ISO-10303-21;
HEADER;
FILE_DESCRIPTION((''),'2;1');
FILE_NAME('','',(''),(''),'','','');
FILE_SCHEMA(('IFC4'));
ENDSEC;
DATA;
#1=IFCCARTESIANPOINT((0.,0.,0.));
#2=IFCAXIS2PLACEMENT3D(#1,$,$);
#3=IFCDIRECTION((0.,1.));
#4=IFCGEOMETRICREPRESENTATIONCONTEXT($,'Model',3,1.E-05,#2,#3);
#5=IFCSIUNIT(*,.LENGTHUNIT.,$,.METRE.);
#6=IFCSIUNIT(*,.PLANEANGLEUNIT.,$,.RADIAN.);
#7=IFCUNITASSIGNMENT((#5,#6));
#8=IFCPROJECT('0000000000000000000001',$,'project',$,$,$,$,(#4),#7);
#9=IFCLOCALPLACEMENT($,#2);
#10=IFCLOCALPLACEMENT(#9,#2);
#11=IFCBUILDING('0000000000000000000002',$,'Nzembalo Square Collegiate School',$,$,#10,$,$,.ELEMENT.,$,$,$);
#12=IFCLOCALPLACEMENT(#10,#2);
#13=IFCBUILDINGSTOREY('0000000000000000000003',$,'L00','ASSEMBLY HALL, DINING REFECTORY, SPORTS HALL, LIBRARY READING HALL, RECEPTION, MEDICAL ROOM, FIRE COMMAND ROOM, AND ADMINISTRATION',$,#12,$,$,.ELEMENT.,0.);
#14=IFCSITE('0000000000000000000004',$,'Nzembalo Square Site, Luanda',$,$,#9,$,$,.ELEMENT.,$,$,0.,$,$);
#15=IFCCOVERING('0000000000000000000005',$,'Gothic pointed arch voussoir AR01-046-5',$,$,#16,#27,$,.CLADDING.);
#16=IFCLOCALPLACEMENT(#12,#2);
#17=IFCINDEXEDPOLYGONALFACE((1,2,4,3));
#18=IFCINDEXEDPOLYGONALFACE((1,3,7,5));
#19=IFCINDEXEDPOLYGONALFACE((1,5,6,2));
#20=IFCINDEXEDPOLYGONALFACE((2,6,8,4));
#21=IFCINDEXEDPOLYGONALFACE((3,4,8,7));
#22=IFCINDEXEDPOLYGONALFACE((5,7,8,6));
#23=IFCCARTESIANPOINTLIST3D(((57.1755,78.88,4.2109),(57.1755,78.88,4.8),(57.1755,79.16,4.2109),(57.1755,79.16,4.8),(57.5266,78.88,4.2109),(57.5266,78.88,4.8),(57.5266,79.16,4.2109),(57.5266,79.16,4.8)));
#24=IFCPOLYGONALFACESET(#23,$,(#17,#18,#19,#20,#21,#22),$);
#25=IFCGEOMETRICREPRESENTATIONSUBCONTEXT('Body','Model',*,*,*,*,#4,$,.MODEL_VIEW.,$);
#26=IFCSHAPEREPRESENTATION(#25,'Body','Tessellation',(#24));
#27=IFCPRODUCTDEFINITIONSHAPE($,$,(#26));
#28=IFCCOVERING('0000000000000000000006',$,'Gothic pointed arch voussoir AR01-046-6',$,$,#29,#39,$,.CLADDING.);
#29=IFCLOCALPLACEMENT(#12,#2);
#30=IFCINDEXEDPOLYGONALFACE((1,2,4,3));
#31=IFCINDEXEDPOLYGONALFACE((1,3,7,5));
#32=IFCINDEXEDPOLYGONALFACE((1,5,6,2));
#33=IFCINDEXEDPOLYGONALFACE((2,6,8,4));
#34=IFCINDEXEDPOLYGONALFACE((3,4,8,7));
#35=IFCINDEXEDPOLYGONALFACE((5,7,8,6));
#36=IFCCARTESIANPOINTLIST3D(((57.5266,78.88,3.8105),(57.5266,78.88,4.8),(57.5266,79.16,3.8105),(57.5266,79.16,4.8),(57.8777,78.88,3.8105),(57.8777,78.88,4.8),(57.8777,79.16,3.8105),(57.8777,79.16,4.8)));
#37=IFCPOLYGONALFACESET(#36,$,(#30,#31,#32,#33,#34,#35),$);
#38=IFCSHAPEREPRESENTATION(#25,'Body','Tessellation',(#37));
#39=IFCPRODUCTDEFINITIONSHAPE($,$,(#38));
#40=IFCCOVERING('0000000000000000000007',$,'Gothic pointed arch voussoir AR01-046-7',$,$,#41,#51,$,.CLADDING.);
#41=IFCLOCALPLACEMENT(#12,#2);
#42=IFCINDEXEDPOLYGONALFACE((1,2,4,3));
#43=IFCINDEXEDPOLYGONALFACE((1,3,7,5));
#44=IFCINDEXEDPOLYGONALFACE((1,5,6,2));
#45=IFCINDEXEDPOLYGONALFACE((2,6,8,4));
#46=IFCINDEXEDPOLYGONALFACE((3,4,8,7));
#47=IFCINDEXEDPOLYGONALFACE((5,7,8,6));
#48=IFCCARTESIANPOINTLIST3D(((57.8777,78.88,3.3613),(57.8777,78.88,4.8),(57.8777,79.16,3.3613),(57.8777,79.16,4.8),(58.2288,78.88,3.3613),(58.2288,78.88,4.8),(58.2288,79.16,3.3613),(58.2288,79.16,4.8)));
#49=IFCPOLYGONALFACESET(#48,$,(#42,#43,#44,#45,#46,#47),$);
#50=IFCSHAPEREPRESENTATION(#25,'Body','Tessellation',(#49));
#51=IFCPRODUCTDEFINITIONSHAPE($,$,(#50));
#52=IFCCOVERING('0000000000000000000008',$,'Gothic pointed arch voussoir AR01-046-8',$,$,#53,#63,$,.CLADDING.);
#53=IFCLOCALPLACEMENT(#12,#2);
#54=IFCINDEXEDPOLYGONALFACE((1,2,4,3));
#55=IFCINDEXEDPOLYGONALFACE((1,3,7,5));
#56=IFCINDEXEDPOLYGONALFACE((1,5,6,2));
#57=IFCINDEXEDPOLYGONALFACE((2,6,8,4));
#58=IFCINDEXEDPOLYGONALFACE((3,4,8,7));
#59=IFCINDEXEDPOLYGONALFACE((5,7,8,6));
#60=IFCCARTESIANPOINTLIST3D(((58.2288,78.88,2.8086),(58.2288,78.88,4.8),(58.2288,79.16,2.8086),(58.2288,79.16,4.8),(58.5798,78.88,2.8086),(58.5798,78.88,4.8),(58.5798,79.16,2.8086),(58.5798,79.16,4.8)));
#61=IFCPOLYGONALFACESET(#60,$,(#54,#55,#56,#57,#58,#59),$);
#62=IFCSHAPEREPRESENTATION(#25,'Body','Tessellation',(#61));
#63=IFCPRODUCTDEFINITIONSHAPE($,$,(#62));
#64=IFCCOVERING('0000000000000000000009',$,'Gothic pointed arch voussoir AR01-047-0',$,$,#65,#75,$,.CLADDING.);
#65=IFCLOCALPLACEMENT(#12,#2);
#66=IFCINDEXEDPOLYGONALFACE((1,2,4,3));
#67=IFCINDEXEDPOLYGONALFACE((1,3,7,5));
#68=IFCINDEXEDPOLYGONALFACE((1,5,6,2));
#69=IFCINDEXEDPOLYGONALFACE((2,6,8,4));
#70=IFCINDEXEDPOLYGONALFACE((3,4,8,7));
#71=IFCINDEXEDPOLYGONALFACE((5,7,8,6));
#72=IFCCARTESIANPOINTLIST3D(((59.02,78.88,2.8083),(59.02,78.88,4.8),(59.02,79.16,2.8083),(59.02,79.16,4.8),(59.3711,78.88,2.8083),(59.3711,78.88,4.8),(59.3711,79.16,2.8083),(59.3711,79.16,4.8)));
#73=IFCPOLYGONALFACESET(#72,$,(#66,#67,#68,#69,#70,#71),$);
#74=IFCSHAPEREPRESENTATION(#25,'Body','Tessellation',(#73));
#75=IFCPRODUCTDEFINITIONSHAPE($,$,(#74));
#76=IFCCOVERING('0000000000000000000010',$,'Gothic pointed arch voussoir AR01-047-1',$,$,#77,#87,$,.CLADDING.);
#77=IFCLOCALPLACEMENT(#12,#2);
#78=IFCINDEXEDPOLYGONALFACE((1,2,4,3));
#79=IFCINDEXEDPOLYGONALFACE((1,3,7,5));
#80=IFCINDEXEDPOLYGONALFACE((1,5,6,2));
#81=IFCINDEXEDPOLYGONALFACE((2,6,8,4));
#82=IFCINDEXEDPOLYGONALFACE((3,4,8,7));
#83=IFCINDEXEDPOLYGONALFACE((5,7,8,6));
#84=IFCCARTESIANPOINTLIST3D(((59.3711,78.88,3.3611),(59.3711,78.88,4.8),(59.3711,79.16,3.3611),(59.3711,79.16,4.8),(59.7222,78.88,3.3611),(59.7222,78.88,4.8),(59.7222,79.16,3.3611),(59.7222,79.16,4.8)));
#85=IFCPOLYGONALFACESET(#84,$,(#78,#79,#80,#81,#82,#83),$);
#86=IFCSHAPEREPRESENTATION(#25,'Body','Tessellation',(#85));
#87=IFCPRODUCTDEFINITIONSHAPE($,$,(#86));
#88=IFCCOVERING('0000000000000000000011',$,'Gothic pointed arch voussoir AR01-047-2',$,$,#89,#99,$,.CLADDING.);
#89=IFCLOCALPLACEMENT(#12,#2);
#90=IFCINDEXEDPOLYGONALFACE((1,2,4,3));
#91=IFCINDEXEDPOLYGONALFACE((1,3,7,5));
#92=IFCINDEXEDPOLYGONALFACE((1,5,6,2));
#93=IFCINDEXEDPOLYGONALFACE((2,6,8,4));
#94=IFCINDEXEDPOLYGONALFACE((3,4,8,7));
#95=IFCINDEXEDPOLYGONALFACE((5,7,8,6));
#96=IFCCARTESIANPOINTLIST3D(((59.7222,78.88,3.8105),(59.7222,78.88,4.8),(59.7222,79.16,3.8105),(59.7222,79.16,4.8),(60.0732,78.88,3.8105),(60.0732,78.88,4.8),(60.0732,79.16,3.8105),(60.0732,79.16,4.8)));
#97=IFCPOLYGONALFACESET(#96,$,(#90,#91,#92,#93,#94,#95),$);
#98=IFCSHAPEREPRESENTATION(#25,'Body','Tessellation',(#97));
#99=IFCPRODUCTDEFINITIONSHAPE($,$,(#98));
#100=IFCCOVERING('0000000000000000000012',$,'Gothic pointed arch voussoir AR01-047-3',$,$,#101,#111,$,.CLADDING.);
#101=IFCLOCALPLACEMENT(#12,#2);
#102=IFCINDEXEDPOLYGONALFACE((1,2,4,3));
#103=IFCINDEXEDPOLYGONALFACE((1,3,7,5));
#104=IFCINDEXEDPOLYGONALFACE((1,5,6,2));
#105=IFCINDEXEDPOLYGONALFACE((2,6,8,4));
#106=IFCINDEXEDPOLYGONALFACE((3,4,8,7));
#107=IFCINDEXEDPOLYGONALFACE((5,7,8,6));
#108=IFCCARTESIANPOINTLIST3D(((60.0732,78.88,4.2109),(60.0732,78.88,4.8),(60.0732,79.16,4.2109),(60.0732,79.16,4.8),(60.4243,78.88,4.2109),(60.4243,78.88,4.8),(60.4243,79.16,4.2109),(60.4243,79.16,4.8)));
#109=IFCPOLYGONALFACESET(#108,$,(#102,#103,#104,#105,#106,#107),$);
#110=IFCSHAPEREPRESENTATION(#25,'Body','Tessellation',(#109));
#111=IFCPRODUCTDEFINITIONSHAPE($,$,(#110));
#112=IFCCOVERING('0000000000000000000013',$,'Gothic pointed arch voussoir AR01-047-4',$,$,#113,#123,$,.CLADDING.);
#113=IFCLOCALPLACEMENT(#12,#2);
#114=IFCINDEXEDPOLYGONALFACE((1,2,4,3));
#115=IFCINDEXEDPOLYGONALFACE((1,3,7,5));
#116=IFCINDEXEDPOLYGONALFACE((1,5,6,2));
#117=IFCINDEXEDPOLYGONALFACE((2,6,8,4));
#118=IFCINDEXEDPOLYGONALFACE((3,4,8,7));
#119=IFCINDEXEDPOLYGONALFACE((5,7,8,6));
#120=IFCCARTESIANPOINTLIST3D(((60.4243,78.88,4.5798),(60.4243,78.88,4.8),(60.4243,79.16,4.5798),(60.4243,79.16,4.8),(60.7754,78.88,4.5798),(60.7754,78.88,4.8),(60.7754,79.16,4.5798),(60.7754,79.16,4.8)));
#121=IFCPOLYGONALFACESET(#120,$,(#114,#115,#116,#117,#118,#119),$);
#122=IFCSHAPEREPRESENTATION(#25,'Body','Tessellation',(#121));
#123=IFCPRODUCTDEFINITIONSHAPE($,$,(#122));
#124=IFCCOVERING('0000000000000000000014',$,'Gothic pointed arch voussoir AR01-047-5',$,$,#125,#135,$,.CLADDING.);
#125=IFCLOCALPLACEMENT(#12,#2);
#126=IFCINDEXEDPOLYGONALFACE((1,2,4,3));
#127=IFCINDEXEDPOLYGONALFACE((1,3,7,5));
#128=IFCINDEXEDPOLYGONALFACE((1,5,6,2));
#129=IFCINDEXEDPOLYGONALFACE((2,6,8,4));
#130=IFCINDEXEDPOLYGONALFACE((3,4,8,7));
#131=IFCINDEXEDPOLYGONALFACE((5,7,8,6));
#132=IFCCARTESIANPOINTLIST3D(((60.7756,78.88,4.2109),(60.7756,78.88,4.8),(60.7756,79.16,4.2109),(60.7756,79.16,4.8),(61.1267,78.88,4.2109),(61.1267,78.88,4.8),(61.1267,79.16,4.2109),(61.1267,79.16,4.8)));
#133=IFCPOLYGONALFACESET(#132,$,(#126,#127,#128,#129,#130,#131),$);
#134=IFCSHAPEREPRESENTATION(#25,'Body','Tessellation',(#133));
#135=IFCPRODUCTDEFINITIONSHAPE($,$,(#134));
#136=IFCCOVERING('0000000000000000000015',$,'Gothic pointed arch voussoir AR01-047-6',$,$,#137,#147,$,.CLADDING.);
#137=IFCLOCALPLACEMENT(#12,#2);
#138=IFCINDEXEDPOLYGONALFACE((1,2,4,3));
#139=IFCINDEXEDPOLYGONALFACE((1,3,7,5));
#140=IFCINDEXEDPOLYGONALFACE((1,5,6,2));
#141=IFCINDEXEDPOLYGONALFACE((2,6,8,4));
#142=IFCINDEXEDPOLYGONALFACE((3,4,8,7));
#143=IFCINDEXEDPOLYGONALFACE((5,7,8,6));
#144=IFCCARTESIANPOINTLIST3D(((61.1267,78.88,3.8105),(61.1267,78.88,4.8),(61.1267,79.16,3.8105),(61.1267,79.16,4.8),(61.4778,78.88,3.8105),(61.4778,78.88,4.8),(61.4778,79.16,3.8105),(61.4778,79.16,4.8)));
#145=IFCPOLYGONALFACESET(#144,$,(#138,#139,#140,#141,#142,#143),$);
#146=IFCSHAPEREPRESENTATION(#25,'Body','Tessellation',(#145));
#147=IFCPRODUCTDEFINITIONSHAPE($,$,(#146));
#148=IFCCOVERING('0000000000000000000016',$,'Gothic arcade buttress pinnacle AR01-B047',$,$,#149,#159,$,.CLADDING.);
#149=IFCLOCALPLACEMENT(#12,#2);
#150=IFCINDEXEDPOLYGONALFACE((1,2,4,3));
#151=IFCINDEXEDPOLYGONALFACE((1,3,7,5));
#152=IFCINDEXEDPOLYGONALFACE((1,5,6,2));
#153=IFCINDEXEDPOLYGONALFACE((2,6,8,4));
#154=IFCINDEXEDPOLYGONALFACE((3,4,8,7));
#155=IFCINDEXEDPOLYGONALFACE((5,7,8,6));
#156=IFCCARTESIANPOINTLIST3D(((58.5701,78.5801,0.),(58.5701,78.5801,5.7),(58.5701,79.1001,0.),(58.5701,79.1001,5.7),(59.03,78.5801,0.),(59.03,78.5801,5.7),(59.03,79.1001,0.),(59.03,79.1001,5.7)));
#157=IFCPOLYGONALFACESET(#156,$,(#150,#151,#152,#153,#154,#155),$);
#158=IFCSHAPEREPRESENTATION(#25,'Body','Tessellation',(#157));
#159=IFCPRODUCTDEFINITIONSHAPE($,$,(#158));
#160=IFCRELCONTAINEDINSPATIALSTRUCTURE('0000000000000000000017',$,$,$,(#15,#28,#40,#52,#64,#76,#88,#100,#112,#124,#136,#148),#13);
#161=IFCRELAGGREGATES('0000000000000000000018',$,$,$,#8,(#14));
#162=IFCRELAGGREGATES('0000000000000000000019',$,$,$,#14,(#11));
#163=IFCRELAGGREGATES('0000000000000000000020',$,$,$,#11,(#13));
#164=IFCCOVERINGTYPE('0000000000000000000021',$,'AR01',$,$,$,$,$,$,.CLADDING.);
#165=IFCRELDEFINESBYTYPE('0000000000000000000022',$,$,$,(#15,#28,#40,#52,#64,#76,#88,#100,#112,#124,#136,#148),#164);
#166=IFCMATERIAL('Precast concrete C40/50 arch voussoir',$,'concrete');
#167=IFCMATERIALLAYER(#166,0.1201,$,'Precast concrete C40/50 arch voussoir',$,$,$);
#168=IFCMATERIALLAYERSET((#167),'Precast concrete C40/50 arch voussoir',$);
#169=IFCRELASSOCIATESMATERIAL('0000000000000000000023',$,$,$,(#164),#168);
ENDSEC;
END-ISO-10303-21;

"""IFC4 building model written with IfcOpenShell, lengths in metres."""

from ifc_helpers import new_model, si_unit, direction, frame, origin, origin_2d, place, context, subcontext, project, spatial, rectangle, extrude, material, layer, layer_set, type_object, element, save


model = new_model("IFC4")

# Units and contexts
model_context = context("Model", 3, precision=1e-05, world=origin(), true_north=direction((0.0, 1.0)))
body_context = subcontext(model_context, "Body", "Model", "MODEL_VIEW")
ifc_project = project(units=[si_unit("LENGTHUNIT", "METRE"), si_unit("PLANEANGLEUNIT", "RADIAN")], contexts=[model_context])

# Site, building, storey
site_placement = place(None, origin())
site = spatial("IfcSite", under=ifc_project, at=site_placement, Name="Nzembalo Square Site, Luanda", CompositionType="ELEMENT", RefElevation=0.0)
building_placement = place(site_placement, origin())
building = spatial("IfcBuilding", under=site, at=building_placement, Name="Nzembalo Square Collegiate School", CompositionType="ELEMENT")
storey_placement = place(building_placement, origin())
storey = spatial("IfcBuildingStorey", under=building, at=storey_placement, Name="L00", Description="ASSEMBLY HALL, DINING REFECTORY, SPORTS HALL, LIBRARY READING HALL, RECEPTION, MEDICAL ROOM, FIRE COMMAND ROOM, AND ADMINISTRATION", CompositionType="ELEMENT", Elevation=0.0)

# Coverings
ifc_material_1 = material(Name="Precast concrete C40/50 arch voussoir", Category="concrete")
ifc_layer = layer(ifc_material_1, 0.1201, Name="Precast concrete C40/50 arch voussoir")
ifc_layer_set = layer_set([ifc_layer], Name="Precast concrete C40/50 arch voussoir")
covering_type = type_object("IfcCoveringType", Name="AR01", PredefinedType="CLADDING", material=ifc_layer_set)
covering_1_placement = place(storey_placement, frame((57.3511, 79.02, 4.2109), z_axis=(0.0, 0.0, 1.0), x_axis=(1.0, 0.0, 0.0)))
element("IfcCovering", 1, at=covering_1_placement, inside=storey, type_object=covering_type, Name="Gothic pointed arch voussoir AR01-046-5", PredefinedType="CLADDING", context=body_context, shape_type="SweptSolid", body=[
    extrude(rectangle(XDim=0.3511, YDim=0.28, at=origin_2d()), origin(), (0.0, 0.0, 1.0), 0.5891),
])
covering_2_placement = place(storey_placement, frame((57.7021, 79.02, 3.8105), z_axis=(0.0, 0.0, 1.0), x_axis=(1.0, 0.0, 0.0)))
element("IfcCovering", 2, at=covering_2_placement, inside=storey, type_object=covering_type, Name="Gothic pointed arch voussoir AR01-046-6", PredefinedType="CLADDING", context=body_context, shape_type="SweptSolid", body=[
    extrude(rectangle(XDim=0.3511, YDim=0.28, at=origin_2d()), origin(), (0.0, 0.0, 1.0), 0.9895),
])
covering_3_placement = place(storey_placement, frame((58.0532, 79.02, 3.3613), z_axis=(0.0, 0.0, 1.0), x_axis=(1.0, 0.0, 0.0)))
element("IfcCovering", 3, at=covering_3_placement, inside=storey, type_object=covering_type, Name="Gothic pointed arch voussoir AR01-046-7", PredefinedType="CLADDING", context=body_context, shape_type="SweptSolid", body=[
    extrude(rectangle(XDim=0.3511, YDim=0.28, at=origin_2d()), origin(), (0.0, 0.0, 1.0), 1.4387),
])
covering_4_placement = place(storey_placement, frame((58.4043, 79.02, 2.8086), z_axis=(0.0, 0.0, 1.0), x_axis=(1.0, 0.0, 0.0)))
element("IfcCovering", 4, at=covering_4_placement, inside=storey, type_object=covering_type, Name="Gothic pointed arch voussoir AR01-046-8", PredefinedType="CLADDING", context=body_context, shape_type="SweptSolid", body=[
    extrude(rectangle(XDim=0.3511, YDim=0.28, at=origin_2d()), origin(), (0.0, 0.0, 1.0), 1.9915),
])
covering_5_placement = place(storey_placement, frame((59.1956, 79.02, 2.8083), z_axis=(0.0, 0.0, 1.0), x_axis=(1.0, 0.0, 0.0)))
element("IfcCovering", 5, at=covering_5_placement, inside=storey, type_object=covering_type, Name="Gothic pointed arch voussoir AR01-047-0", PredefinedType="CLADDING", context=body_context, shape_type="SweptSolid", body=[
    extrude(rectangle(XDim=0.3511, YDim=0.28, at=origin_2d()), origin(), (0.0, 0.0, 1.0), 1.9917),
])
covering_6_placement = place(storey_placement, frame((59.5466, 79.02, 3.3611), z_axis=(0.0, 0.0, 1.0), x_axis=(1.0, 0.0, 0.0)))
element("IfcCovering", 6, at=covering_6_placement, inside=storey, type_object=covering_type, Name="Gothic pointed arch voussoir AR01-047-1", PredefinedType="CLADDING", context=body_context, shape_type="SweptSolid", body=[
    extrude(rectangle(XDim=0.3511, YDim=0.28, at=origin_2d()), origin(), (0.0, 0.0, 1.0), 1.439),
])
covering_7_placement = place(storey_placement, frame((59.8977, 79.02, 3.8105), z_axis=(0.0, 0.0, 1.0), x_axis=(1.0, 0.0, 0.0)))
element("IfcCovering", 7, at=covering_7_placement, inside=storey, type_object=covering_type, Name="Gothic pointed arch voussoir AR01-047-2", PredefinedType="CLADDING", context=body_context, shape_type="SweptSolid", body=[
    extrude(rectangle(XDim=0.3511, YDim=0.28, at=origin_2d()), origin(), (0.0, 0.0, 1.0), 0.9895),
])
covering_8_placement = place(storey_placement, frame((60.2488, 79.02, 4.2109), z_axis=(0.0, 0.0, 1.0), x_axis=(1.0, 0.0, 0.0)))
element("IfcCovering", 8, at=covering_8_placement, inside=storey, type_object=covering_type, Name="Gothic pointed arch voussoir AR01-047-3", PredefinedType="CLADDING", context=body_context, shape_type="SweptSolid", body=[
    extrude(rectangle(XDim=0.3511, YDim=0.28, at=origin_2d()), origin(), (0.0, 0.0, 1.0), 0.5891),
])
covering_9_placement = place(storey_placement, frame((60.5999, 79.02, 4.5798), z_axis=(0.0, 0.0, 1.0), x_axis=(1.0, 0.0, 0.0)))
element("IfcCovering", 9, at=covering_9_placement, inside=storey, type_object=covering_type, Name="Gothic pointed arch voussoir AR01-047-4", PredefinedType="CLADDING", context=body_context, shape_type="SweptSolid", body=[
    extrude(rectangle(XDim=0.3511, YDim=0.28, at=origin_2d()), origin(), (0.0, 0.0, 1.0), 0.2202),
])
covering_10_placement = place(storey_placement, frame((60.9512, 79.02, 4.2109), z_axis=(0.0, 0.0, 1.0), x_axis=(1.0, 0.0, 0.0)))
element("IfcCovering", 10, at=covering_10_placement, inside=storey, type_object=covering_type, Name="Gothic pointed arch voussoir AR01-047-5", PredefinedType="CLADDING", context=body_context, shape_type="SweptSolid", body=[
    extrude(rectangle(XDim=0.3511, YDim=0.28, at=origin_2d()), origin(), (0.0, 0.0, 1.0), 0.5891),
])
covering_11_placement = place(storey_placement, frame((61.3022, 79.02, 3.8105), z_axis=(0.0, 0.0, 1.0), x_axis=(1.0, 0.0, 0.0)))
element("IfcCovering", 11, at=covering_11_placement, inside=storey, type_object=covering_type, Name="Gothic pointed arch voussoir AR01-047-6", PredefinedType="CLADDING", context=body_context, shape_type="SweptSolid", body=[
    extrude(rectangle(XDim=0.3511, YDim=0.28, at=origin_2d()), origin(), (0.0, 0.0, 1.0), 0.9895),
])
covering_12_placement = place(storey_placement, frame((58.8, 78.8401, 0.0), z_axis=(0.0, 0.0, 1.0), x_axis=(1.0, 0.0, 0.0)))
element("IfcCovering", 12, at=covering_12_placement, inside=storey, type_object=covering_type, Name="Gothic arcade buttress pinnacle AR01-B047", PredefinedType="CLADDING", context=body_context, shape_type="SweptSolid", body=[
    extrude(rectangle(XDim=0.46, YDim=0.52, at=origin_2d()), origin(), (0.0, 0.0, 1.0), 5.7),
])

save(model, "model.ifc")
